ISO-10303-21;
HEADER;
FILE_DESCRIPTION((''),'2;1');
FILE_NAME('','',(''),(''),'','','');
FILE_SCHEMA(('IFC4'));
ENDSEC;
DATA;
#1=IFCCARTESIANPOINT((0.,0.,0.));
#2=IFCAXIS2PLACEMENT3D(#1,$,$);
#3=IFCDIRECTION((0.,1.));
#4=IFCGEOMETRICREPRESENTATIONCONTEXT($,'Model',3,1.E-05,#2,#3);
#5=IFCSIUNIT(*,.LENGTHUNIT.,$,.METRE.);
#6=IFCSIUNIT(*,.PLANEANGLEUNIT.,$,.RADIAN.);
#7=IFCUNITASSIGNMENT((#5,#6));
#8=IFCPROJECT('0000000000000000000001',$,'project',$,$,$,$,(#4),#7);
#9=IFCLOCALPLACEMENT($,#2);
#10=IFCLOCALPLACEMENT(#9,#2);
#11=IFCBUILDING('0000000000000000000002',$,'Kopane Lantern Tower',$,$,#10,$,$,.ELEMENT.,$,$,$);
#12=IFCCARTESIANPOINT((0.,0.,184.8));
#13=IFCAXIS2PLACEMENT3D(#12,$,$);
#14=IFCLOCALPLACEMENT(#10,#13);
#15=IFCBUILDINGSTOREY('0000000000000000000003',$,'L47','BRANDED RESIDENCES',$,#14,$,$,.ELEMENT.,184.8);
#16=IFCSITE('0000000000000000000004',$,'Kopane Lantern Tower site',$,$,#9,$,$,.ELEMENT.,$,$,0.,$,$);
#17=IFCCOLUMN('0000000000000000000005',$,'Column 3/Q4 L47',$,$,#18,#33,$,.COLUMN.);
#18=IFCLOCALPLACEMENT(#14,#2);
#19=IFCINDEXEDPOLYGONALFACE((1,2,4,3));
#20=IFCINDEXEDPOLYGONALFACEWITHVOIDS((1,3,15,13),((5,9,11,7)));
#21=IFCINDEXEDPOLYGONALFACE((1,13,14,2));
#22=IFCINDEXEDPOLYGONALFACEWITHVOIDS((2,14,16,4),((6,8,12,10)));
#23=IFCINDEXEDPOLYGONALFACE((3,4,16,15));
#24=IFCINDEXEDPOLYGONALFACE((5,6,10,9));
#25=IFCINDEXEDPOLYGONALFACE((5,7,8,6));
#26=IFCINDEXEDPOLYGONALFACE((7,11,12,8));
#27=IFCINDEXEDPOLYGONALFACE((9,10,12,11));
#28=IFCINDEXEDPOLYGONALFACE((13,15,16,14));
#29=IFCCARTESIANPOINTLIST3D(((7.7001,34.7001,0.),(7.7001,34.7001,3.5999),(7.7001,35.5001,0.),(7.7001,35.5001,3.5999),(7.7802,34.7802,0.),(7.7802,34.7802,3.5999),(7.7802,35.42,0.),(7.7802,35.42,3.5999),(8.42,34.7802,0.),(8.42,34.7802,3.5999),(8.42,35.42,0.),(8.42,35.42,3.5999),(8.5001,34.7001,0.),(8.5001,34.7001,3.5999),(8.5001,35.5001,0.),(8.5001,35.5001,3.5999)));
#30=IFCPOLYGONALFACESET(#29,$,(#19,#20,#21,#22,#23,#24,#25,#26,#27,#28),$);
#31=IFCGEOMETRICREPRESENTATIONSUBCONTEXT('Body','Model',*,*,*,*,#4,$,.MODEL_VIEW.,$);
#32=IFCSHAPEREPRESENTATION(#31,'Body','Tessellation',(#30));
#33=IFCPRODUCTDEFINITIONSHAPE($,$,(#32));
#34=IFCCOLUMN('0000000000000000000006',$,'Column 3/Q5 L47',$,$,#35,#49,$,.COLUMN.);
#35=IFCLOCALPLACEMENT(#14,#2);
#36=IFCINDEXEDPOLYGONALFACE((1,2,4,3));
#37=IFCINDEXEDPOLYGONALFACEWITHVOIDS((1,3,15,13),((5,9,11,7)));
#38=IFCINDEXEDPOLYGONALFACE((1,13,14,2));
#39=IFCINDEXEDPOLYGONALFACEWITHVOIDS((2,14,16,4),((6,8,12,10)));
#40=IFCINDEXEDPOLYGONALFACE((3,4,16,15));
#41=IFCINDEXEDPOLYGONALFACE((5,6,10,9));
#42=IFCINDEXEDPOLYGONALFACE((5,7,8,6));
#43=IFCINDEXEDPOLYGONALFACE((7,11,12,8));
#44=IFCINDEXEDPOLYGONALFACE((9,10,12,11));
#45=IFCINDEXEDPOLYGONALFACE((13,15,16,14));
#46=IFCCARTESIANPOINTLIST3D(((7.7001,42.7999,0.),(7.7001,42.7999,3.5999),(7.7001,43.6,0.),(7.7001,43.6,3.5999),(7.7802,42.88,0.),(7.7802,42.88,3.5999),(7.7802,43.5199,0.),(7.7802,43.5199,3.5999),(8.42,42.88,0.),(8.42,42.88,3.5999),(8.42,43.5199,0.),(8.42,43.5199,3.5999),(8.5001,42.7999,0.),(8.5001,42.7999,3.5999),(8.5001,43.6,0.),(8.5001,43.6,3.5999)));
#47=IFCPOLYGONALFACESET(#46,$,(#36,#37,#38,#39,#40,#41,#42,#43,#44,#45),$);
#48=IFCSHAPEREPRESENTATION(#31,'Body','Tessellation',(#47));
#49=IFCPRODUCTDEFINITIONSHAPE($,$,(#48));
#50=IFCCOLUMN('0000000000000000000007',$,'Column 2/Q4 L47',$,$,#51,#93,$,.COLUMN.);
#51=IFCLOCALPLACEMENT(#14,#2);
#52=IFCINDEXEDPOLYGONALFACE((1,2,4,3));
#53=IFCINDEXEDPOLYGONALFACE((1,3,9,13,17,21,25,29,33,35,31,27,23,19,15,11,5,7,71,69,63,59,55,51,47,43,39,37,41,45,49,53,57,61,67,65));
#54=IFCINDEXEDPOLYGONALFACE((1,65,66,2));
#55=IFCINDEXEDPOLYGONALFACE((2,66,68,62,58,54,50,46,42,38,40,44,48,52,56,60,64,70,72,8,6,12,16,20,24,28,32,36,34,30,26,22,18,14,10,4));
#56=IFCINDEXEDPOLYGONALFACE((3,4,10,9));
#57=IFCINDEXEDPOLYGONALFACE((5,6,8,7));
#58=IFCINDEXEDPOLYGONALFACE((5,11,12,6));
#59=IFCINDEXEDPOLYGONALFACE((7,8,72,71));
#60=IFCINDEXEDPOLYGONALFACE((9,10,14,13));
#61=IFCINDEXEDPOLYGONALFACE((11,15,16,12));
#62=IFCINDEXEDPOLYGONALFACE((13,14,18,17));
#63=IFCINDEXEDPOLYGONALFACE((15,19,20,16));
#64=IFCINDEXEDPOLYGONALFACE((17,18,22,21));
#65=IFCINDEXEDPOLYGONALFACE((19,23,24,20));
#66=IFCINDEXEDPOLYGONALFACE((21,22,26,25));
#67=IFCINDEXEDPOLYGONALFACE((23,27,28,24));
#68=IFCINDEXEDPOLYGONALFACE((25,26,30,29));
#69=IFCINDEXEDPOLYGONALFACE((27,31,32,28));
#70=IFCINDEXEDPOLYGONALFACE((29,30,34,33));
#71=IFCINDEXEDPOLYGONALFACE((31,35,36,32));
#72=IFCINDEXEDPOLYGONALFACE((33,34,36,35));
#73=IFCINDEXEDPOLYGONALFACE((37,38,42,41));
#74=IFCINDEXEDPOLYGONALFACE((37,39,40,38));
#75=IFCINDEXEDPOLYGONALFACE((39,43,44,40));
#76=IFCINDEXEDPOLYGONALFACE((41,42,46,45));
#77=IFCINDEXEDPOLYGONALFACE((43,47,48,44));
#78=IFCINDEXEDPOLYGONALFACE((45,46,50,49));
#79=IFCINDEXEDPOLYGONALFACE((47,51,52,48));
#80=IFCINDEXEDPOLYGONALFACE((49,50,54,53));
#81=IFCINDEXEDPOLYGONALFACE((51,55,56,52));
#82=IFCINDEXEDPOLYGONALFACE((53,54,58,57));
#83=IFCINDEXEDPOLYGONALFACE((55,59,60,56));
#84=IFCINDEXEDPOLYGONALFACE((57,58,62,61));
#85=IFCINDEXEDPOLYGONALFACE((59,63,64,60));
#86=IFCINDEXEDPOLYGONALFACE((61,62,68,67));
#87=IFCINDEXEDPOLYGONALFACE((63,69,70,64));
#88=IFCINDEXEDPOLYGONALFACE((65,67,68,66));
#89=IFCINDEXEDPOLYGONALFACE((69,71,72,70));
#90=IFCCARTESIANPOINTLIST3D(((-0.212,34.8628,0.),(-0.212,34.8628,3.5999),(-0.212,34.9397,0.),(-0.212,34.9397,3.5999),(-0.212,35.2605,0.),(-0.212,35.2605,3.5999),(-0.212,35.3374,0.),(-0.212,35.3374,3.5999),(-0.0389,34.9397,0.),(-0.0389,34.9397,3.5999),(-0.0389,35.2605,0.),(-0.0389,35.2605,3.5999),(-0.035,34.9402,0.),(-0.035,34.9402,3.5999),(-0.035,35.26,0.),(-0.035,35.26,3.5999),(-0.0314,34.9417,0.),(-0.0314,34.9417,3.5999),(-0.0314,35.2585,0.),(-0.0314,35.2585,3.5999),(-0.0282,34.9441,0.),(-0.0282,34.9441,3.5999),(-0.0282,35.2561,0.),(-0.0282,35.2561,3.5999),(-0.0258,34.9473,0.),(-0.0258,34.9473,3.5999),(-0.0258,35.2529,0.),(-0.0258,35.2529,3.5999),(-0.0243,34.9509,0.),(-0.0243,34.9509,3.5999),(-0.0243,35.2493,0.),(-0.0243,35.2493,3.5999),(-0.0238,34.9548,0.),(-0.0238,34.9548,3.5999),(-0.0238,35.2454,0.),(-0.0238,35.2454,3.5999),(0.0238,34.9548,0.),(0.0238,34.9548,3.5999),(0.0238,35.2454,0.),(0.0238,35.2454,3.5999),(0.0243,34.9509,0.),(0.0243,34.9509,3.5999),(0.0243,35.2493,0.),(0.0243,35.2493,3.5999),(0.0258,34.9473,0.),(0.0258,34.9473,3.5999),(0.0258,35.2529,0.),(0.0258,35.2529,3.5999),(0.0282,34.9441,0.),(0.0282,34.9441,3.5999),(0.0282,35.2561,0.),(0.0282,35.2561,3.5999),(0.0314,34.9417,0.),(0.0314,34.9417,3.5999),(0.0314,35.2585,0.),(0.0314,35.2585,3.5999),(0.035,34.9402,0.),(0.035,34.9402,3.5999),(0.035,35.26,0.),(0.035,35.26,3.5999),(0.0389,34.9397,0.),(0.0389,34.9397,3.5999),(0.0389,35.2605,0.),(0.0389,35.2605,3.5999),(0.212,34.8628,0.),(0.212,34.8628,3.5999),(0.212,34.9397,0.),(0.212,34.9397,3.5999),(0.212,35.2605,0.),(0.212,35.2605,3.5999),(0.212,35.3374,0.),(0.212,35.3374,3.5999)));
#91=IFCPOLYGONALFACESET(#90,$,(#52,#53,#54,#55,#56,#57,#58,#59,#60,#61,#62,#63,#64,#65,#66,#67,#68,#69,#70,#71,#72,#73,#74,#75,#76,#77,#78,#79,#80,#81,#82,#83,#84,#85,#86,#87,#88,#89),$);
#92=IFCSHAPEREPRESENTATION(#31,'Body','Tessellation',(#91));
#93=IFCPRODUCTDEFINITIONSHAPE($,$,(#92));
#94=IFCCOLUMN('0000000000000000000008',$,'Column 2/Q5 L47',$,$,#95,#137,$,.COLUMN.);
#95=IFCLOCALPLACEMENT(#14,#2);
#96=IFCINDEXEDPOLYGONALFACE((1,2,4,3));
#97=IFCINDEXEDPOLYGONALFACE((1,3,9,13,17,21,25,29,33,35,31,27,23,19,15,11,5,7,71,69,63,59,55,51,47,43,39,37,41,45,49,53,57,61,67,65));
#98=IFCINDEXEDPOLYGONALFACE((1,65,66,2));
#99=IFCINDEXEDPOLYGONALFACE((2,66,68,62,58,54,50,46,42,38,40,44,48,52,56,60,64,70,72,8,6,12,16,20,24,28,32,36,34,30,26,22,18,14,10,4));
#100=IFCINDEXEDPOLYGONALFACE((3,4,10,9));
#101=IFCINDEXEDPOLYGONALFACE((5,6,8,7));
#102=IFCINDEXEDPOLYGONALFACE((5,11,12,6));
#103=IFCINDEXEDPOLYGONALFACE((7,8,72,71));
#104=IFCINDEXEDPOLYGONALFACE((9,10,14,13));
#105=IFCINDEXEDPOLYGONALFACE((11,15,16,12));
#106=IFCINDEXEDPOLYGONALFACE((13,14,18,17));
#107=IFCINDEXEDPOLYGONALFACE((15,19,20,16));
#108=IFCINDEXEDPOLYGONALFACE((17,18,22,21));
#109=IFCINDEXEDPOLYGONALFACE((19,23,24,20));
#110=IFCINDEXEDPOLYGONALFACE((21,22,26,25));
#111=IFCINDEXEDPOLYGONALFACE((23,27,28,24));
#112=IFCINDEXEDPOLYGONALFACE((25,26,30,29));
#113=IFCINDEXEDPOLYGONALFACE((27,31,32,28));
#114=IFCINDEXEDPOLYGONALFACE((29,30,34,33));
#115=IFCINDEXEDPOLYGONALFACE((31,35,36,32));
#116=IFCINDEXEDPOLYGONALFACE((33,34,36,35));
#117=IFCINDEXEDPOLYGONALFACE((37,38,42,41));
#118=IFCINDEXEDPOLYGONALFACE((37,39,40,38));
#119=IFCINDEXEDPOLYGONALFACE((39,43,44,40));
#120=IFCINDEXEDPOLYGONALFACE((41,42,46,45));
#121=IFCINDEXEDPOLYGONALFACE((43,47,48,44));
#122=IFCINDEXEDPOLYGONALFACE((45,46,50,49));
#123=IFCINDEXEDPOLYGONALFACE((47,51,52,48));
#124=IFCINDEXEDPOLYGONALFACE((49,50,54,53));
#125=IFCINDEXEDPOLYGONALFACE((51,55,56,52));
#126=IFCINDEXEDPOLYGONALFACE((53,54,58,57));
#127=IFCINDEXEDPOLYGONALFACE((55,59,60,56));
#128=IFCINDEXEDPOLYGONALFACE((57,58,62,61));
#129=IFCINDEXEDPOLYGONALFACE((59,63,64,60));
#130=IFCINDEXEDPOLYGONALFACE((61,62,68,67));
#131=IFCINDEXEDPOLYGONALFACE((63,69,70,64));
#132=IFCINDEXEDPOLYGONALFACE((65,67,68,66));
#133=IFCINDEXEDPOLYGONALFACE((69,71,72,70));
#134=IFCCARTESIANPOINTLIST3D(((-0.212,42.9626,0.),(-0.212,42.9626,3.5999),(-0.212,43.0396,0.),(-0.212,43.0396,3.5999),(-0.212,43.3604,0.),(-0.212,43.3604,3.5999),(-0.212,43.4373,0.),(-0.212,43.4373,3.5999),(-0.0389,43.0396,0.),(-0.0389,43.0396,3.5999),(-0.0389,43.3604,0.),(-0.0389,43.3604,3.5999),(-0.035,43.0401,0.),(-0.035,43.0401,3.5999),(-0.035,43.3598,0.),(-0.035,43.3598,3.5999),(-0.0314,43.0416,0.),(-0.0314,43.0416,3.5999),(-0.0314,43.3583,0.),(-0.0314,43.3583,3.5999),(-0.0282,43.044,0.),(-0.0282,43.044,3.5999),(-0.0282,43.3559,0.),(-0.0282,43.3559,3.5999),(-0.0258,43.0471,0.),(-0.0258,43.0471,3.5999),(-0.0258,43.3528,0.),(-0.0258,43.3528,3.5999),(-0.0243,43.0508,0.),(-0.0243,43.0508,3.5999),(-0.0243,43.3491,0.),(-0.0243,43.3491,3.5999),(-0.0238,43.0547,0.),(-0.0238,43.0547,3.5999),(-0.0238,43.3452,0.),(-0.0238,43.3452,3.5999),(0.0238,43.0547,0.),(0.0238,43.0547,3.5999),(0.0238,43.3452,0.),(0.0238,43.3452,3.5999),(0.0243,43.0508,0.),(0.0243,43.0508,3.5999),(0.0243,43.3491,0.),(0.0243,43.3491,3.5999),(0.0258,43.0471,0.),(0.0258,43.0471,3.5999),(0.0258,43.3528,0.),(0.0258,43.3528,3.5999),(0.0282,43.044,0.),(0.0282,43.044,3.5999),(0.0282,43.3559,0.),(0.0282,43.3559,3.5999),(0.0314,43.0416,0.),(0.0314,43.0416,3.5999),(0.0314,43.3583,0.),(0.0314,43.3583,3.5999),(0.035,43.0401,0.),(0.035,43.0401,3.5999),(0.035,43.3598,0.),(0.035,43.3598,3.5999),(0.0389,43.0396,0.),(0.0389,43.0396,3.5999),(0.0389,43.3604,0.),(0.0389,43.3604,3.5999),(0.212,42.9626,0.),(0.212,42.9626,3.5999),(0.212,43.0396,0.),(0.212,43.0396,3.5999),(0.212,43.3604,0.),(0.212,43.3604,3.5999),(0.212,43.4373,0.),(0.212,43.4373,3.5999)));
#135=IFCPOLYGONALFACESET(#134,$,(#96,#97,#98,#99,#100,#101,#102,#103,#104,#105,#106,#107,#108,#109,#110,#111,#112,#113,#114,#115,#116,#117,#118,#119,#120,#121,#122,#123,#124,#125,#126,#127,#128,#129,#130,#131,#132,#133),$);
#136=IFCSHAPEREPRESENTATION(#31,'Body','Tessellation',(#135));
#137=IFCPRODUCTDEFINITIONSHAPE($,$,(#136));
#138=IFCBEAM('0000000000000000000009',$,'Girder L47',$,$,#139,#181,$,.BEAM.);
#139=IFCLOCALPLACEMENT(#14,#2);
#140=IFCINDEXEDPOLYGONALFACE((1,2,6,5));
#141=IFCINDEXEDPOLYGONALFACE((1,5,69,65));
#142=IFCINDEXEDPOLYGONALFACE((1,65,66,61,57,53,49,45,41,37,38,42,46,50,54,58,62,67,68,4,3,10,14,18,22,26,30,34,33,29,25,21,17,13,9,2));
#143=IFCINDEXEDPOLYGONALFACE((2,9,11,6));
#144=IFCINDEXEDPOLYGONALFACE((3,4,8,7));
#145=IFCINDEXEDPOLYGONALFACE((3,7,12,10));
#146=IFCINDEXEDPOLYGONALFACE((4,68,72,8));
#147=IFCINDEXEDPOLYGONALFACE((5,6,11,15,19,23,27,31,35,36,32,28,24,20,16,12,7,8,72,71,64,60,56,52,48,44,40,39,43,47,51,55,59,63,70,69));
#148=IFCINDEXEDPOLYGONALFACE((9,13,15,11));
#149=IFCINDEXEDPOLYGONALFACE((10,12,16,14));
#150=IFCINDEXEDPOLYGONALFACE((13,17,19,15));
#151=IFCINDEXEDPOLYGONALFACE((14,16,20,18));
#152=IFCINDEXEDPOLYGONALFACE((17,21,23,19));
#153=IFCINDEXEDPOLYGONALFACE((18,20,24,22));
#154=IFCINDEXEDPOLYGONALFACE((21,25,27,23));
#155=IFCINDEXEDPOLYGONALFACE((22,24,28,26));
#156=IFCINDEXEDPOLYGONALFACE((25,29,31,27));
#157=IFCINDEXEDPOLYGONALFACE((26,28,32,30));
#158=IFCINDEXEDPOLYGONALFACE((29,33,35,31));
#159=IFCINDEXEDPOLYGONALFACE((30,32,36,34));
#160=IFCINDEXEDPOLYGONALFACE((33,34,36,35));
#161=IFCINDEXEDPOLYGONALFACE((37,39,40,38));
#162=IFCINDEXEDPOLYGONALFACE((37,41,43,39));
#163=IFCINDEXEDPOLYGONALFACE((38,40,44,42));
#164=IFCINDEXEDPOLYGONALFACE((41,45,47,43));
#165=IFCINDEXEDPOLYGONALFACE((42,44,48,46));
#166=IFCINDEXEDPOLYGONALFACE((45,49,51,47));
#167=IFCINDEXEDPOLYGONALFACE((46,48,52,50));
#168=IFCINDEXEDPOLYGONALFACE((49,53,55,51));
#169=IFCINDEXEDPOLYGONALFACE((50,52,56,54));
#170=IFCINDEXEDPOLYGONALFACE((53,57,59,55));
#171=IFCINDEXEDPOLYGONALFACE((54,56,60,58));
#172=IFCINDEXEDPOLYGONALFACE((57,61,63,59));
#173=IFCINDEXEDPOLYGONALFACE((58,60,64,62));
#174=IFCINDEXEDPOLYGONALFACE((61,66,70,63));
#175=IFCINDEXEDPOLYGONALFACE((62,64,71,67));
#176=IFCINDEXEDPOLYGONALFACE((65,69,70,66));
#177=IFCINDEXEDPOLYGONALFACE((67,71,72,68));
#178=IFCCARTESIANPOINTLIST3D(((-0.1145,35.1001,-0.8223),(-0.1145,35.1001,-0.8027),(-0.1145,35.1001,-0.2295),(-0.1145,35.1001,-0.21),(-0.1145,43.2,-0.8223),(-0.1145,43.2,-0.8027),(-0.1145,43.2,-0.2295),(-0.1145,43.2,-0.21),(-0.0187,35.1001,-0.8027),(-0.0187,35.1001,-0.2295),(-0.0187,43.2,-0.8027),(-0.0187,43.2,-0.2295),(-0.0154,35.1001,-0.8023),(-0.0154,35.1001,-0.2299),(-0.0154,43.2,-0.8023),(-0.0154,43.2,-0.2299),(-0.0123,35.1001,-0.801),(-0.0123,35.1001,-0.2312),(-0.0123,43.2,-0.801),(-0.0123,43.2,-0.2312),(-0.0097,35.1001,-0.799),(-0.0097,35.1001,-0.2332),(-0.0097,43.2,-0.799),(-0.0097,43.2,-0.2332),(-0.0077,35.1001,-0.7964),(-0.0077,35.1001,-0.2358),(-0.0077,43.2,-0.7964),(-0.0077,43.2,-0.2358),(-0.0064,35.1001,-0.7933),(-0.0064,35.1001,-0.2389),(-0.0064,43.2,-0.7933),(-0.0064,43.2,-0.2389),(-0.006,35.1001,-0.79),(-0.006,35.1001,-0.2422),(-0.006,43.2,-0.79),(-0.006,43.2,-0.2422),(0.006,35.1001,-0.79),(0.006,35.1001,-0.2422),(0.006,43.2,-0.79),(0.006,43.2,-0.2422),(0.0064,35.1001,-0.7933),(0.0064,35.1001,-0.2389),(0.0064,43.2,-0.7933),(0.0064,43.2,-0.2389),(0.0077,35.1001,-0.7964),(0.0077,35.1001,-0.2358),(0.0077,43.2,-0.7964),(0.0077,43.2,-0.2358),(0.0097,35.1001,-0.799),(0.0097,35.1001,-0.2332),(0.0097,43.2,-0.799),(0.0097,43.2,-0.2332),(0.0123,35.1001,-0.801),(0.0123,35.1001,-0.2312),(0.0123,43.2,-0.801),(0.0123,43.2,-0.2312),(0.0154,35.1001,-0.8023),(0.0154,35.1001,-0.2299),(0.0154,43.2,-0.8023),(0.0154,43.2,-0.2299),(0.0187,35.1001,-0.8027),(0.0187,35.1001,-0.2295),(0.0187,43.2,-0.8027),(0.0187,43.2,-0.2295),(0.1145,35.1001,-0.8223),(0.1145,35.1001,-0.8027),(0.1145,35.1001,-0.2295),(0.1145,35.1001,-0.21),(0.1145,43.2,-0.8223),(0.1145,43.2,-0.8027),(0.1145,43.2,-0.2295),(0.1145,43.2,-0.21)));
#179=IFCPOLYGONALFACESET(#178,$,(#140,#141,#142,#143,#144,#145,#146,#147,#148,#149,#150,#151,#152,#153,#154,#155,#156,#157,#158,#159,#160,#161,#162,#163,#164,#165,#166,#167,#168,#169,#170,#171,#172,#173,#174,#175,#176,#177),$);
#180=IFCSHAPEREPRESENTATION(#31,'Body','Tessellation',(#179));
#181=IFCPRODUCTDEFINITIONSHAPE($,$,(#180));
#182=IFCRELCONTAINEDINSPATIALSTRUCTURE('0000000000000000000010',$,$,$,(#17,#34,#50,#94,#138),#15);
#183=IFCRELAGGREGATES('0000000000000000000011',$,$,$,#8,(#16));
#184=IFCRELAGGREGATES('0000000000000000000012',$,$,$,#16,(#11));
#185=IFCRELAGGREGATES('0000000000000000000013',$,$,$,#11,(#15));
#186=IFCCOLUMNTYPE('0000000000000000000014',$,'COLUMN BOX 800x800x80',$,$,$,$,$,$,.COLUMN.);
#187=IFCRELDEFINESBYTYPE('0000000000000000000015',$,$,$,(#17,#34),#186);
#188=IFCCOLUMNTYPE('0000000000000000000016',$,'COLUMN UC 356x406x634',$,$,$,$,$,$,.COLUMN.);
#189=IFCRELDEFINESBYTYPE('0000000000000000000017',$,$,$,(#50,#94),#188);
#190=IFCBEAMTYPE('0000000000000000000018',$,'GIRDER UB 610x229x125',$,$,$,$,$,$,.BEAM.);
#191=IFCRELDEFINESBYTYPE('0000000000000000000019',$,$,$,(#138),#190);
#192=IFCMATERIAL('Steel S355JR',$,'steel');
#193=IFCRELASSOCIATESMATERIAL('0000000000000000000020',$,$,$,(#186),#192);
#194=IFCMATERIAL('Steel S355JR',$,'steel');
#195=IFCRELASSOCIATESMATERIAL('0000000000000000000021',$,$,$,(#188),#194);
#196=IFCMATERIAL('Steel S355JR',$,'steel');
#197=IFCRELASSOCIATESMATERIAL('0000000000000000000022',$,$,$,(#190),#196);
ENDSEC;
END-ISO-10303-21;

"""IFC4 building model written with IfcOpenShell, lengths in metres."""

from ifc_helpers import new_model, si_unit, direction, frame, origin, origin_2d, place, context, subcontext, project, spatial, hollow_rectangle, i_section, extrude, material, material_profile, profile_set, type_object, element, save


model = new_model("IFC4")

# Units and contexts
model_context = context("Model", 3, precision=1e-05, world=origin(), true_north=direction((0.0, 1.0)))
body_context = subcontext(model_context, "Body", "Model", "MODEL_VIEW")
ifc_project = project(units=[si_unit("LENGTHUNIT", "METRE"), si_unit("PLANEANGLEUNIT", "RADIAN")], contexts=[model_context])

# Site, building, storey
site_placement = place(None, origin())
site = spatial("IfcSite", under=ifc_project, at=site_placement, Name="Kopane Lantern Tower site", CompositionType="ELEMENT", RefElevation=0.0)
building_placement = place(site_placement, origin())
building = spatial("IfcBuilding", under=site, at=building_placement, Name="Kopane Lantern Tower", CompositionType="ELEMENT")
storey_placement = place(building_placement, frame((0.0, 0.0, 184.8)))
storey = spatial("IfcBuildingStorey", under=building, at=storey_placement, Name="L47", Description="BRANDED RESIDENCES", CompositionType="ELEMENT", Elevation=184.8)

# Columns
ifc_material_1 = material(Name="Steel S355JR", Category="steel")
ifc_material_profile_1 = material_profile(ifc_material_1, hollow_rectangle(XDim=0.8, YDim=0.8, WallThickness=0.0801, at=origin_2d()), Name="BOX 800x800x80")
ifc_profile_set_1 = profile_set([ifc_material_profile_1], Name="Steel S355JR")
column_type_1 = type_object("IfcColumnType", Name="COLUMN BOX 800x800x80", PredefinedType="COLUMN", material=ifc_profile_set_1)
for number, where, z_axis, x_axis, name in (
    (1, (8.1001, 35.1001, 0.0), (0.0, 0.0, 1.0), (1.0, 0.0, 0.0), "Column 3/Q4 L47"),
    (2, (8.1001, 43.2, 0.0), (0.0, 0.0, 1.0), (1.0, 0.0, 0.0), "Column 3/Q5 L47"),
):
    element("IfcColumn", number, at=place(storey_placement, frame(where, z_axis=z_axis, x_axis=x_axis)), inside=storey, type_object=column_type_1, Name=name, PredefinedType="COLUMN", context=body_context, shape_type="SweptSolid", body=[
        extrude(hollow_rectangle(XDim=0.8, YDim=0.8, WallThickness=0.0801, at=origin_2d()), origin(), (0.0, 0.0, 1.0), 3.5999),
    ])
ifc_material_2 = material(Name="Steel S355JR", Category="steel")
ifc_material_profile_2 = material_profile(ifc_material_2, i_section(OverallWidth=0.4241, OverallDepth=0.4746, WebThickness=0.0476, FlangeThickness=0.0769, FilletRadius=0.0151, at=origin_2d()), Name="UC 356x406x634")
ifc_profile_set_2 = profile_set([ifc_material_profile_2], Name="Steel S355JR")
column_type_2 = type_object("IfcColumnType", Name="COLUMN UC 356x406x634", PredefinedType="COLUMN", material=ifc_profile_set_2)
for number, where, z_axis, x_axis, name in (
    (3, (0.0, 35.1001, 0.0), (0.0, 0.0, 1.0), (1.0, 0.0, 0.0), "Column 2/Q4 L47"),
    (4, (0.0, 43.2, 0.0), (0.0, 0.0, 1.0), (1.0, 0.0, 0.0), "Column 2/Q5 L47"),
):
    element("IfcColumn", number, at=place(storey_placement, frame(where, z_axis=z_axis, x_axis=x_axis)), inside=storey, type_object=column_type_2, Name=name, PredefinedType="COLUMN", context=body_context, shape_type="SweptSolid", body=[
        extrude(i_section(OverallWidth=0.4241, OverallDepth=0.4746, WebThickness=0.0476, FlangeThickness=0.0769, FilletRadius=0.0151, at=origin_2d()), origin(), (0.0, 0.0, 1.0), 3.5999),
    ])

# Beam
ifc_material_3 = material(Name="Steel S355JR", Category="steel")
ifc_material_profile_3 = material_profile(ifc_material_3, i_section(OverallWidth=0.229, OverallDepth=0.6123, WebThickness=0.012, FlangeThickness=0.0195, FilletRadius=0.0127, at=origin_2d()), Name="UB 610x229x125")
ifc_profile_set_3 = profile_set([ifc_material_profile_3], Name="Steel S355JR")
beam_type = type_object("IfcBeamType", Name="GIRDER UB 610x229x125", PredefinedType="BEAM", material=ifc_profile_set_3)
beam_1_placement = place(storey_placement, frame((0.0, 35.1001, -0.5161), z_axis=(0.0, 1.0, 0.0), x_axis=(-1.0, 0.0, 0.0)))
element("IfcBeam", 5, at=beam_1_placement, inside=storey, type_object=beam_type, Name="Girder L47", PredefinedType="BEAM", context=body_context, shape_type="SweptSolid", body=[
    extrude(i_section(OverallWidth=0.229, OverallDepth=0.6123, WebThickness=0.012, FlangeThickness=0.0195, FilletRadius=0.0127, at=origin_2d()), origin(), (0.0, 0.0, 1.0), 8.0999),
])

save(model, "model.ifc")
